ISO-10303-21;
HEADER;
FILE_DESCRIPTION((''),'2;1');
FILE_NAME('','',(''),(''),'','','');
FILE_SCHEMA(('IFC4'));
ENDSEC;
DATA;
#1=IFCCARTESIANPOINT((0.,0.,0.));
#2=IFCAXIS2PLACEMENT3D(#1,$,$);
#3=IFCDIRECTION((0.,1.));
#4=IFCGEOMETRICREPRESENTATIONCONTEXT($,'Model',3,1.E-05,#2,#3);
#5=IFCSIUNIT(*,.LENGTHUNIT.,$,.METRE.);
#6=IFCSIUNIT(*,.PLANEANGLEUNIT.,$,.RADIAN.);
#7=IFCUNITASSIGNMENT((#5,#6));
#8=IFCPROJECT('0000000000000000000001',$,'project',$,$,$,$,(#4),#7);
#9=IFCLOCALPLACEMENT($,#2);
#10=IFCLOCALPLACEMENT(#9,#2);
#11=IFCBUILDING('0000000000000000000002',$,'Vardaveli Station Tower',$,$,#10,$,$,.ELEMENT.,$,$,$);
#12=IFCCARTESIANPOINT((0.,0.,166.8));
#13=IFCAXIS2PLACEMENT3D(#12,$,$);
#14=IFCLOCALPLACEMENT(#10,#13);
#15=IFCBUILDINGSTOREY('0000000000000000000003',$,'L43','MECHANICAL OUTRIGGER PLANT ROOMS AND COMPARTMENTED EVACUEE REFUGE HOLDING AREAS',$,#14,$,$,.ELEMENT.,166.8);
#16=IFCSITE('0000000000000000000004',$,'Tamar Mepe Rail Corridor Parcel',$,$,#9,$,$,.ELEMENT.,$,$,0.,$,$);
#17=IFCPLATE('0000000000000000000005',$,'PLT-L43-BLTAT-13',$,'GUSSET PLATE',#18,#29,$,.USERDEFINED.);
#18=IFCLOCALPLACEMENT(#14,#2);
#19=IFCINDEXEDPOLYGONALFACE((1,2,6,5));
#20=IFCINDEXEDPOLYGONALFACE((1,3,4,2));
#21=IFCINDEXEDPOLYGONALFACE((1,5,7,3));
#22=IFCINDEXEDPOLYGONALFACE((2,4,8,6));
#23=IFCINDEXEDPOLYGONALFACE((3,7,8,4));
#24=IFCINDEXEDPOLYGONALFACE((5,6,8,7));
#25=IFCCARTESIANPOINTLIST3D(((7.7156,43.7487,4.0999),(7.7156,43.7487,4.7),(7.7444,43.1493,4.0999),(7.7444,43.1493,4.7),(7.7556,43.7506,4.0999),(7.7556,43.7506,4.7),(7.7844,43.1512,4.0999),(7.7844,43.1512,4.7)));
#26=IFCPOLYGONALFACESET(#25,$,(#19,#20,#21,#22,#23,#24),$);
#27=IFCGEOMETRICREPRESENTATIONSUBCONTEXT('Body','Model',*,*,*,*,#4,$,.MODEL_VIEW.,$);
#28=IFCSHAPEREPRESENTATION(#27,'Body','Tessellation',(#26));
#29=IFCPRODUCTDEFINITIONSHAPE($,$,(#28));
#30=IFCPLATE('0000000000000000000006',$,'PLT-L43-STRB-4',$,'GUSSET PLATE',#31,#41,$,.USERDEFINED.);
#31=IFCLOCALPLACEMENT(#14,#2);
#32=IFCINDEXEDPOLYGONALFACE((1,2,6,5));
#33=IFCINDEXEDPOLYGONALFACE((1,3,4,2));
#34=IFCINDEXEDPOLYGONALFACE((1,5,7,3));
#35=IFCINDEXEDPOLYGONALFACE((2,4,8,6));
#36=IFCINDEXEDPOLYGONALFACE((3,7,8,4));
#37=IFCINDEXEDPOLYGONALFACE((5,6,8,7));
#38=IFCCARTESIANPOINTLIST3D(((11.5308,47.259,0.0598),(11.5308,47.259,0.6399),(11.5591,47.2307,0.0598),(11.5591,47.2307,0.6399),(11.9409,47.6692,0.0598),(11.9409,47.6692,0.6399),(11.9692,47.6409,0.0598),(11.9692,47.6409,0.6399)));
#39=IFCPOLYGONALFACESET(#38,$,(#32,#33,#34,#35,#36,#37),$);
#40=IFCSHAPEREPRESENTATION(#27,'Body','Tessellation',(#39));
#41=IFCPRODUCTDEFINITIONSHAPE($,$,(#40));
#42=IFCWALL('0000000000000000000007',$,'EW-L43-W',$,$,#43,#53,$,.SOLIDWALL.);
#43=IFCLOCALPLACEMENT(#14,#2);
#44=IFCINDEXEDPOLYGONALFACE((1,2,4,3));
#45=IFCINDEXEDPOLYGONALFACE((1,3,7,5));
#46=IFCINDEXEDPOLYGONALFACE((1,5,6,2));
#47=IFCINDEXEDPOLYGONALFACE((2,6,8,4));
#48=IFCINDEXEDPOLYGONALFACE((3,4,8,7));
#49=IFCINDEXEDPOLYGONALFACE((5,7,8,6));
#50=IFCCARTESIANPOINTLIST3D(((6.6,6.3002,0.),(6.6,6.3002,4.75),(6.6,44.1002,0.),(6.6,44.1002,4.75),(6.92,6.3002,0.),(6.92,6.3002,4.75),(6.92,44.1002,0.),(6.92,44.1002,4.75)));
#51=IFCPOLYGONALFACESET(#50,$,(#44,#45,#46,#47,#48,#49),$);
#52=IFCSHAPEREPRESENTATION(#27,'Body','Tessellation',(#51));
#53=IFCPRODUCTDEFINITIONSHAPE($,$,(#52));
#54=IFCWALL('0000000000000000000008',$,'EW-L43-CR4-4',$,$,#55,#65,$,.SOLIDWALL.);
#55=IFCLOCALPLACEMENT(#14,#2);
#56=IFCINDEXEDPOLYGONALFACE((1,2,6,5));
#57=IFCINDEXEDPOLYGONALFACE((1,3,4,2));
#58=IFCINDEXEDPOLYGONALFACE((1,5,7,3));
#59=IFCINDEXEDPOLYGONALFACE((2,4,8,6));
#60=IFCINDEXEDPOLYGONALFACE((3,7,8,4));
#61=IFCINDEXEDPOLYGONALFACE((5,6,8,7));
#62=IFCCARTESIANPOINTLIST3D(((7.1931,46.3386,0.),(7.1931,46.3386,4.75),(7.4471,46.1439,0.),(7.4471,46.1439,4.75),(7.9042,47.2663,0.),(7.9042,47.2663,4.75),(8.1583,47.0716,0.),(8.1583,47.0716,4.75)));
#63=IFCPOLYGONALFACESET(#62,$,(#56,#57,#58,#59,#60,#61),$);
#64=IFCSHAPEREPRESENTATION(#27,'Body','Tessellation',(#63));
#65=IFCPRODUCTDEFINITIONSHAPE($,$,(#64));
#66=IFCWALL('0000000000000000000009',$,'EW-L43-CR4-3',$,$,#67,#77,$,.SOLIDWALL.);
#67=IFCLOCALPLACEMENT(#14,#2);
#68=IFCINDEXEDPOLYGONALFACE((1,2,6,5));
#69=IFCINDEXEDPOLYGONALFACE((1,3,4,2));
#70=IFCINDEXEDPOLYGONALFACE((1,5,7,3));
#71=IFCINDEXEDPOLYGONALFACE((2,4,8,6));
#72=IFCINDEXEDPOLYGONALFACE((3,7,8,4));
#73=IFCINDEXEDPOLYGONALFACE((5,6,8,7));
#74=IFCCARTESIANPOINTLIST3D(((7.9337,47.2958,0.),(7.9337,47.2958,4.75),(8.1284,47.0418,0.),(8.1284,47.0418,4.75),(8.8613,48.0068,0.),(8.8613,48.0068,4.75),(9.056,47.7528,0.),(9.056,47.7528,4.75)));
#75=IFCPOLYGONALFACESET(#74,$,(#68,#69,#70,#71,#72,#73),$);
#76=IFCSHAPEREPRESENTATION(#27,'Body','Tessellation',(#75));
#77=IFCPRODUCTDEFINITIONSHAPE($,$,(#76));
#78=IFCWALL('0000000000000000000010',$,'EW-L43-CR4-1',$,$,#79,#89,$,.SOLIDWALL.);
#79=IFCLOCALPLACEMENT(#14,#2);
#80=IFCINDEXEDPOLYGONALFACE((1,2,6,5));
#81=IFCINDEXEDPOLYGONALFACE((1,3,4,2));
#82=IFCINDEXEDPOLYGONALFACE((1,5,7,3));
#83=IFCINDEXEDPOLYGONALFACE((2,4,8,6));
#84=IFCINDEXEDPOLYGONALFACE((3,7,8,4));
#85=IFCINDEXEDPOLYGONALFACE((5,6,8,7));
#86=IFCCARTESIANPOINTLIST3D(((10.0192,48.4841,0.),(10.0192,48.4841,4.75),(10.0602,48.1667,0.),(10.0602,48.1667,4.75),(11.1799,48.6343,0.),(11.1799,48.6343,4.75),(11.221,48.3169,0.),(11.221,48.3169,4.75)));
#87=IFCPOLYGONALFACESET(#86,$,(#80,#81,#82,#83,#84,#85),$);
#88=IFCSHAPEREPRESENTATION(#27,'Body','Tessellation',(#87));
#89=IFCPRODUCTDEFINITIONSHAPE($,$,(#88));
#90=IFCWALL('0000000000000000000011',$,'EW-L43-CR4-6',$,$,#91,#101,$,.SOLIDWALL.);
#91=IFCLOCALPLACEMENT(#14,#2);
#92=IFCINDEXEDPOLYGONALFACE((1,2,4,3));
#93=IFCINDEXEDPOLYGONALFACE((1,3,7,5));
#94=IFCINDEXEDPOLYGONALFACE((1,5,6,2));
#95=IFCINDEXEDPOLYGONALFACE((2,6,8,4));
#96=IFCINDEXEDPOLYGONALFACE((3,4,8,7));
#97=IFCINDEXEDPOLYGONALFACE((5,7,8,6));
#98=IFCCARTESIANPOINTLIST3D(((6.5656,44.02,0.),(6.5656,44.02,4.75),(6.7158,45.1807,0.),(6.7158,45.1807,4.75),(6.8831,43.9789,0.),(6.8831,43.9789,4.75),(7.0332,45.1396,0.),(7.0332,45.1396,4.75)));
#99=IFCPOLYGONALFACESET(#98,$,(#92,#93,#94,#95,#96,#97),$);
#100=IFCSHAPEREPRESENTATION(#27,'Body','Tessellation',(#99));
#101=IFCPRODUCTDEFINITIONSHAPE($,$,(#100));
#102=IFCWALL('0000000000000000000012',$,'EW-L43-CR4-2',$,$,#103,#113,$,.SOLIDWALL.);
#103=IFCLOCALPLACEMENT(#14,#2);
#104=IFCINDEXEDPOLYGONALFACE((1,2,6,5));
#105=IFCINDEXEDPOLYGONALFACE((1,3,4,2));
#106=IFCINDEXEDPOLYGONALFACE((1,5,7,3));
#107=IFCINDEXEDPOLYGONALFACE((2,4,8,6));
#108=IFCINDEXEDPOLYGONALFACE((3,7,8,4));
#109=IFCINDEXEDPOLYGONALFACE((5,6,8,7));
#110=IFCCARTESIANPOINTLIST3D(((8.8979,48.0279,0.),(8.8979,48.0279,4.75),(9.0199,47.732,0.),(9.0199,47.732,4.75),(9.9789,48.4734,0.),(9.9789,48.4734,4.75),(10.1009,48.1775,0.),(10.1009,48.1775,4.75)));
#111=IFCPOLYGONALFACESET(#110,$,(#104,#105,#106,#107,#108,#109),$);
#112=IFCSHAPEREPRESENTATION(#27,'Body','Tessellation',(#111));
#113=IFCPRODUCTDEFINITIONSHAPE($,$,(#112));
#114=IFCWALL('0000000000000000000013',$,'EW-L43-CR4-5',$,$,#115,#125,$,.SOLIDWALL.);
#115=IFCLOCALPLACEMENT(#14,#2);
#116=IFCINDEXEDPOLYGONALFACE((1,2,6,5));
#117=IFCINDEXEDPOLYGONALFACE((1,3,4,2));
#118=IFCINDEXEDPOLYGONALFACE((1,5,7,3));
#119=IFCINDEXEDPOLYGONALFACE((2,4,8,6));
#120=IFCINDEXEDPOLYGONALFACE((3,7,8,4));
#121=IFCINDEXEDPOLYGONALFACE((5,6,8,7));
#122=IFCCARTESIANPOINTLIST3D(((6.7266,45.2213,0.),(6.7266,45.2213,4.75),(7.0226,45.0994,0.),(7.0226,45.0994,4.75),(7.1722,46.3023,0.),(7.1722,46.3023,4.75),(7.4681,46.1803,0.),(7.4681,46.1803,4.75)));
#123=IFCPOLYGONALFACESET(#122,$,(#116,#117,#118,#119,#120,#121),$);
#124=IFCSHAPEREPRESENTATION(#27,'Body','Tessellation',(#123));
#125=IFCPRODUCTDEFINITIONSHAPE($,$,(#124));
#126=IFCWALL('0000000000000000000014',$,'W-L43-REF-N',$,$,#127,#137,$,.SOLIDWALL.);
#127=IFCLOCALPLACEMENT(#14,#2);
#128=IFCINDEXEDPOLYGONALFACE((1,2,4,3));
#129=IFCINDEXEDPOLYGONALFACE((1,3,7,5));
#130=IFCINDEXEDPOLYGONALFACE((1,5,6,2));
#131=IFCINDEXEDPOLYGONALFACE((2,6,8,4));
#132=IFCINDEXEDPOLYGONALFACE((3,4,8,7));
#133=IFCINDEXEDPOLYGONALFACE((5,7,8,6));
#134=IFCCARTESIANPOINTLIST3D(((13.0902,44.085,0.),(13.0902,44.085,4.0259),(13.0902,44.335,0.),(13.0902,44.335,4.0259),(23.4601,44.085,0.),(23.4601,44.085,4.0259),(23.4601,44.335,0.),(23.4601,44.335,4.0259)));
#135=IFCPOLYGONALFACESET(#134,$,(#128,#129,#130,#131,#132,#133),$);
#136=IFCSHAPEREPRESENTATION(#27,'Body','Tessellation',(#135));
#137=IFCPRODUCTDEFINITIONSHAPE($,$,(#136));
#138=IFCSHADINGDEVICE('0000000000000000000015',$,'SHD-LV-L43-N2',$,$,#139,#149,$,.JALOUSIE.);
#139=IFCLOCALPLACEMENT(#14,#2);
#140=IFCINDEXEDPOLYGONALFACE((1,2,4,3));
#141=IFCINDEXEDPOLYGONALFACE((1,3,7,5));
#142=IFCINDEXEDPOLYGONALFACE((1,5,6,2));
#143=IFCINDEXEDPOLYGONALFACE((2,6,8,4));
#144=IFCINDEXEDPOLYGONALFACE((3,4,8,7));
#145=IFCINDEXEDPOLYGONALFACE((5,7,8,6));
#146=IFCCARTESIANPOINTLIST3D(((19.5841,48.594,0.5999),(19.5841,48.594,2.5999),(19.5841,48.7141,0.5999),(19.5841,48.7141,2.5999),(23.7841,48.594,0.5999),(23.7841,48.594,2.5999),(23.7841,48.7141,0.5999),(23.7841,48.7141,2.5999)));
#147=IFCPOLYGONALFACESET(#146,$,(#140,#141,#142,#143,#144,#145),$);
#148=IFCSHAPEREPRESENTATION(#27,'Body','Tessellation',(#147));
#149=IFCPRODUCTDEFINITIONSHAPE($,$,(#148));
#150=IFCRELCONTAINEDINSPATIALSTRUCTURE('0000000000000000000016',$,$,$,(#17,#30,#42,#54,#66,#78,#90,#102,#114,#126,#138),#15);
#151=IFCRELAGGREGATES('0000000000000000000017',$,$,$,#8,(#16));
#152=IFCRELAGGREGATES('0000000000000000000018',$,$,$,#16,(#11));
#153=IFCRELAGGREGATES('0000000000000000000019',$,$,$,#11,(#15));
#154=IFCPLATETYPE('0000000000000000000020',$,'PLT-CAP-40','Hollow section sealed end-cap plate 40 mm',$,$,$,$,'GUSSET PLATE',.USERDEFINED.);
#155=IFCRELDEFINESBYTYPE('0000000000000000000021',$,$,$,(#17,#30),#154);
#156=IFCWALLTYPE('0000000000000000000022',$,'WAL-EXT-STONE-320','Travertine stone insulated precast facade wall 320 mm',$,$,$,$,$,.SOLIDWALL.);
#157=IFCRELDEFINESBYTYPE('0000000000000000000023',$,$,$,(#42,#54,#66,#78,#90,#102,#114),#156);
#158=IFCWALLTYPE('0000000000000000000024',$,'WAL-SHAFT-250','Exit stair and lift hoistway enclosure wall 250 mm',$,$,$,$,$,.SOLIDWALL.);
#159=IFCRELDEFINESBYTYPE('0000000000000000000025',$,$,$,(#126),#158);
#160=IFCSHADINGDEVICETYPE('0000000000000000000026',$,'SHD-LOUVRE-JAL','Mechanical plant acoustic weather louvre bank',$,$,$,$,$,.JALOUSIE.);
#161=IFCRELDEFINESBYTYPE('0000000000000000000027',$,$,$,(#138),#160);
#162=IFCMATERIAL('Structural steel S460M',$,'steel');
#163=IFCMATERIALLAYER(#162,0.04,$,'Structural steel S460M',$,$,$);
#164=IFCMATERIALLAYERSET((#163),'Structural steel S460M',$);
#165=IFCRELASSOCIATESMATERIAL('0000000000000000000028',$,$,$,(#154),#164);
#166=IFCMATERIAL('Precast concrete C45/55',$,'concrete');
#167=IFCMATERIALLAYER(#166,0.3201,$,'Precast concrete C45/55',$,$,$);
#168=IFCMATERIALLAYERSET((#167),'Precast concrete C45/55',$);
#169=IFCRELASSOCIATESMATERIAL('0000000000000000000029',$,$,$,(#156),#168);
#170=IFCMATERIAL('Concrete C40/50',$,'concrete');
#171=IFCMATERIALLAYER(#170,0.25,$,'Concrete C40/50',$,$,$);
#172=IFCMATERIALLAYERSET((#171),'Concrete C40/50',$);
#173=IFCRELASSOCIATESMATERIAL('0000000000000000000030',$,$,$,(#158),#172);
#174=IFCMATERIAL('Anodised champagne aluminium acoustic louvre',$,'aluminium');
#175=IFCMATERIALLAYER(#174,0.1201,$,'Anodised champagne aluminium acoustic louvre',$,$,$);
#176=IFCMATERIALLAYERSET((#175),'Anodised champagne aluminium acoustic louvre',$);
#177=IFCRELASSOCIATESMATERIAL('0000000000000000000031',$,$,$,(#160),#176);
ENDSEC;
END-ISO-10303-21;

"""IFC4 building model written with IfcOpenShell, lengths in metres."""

from ifc_helpers import new_model, si_unit, direction, frame, frame_2d, origin, origin_2d, place, context, subcontext, project, spatial, rectangle, extrude, source, transform, mapped, material, layer, layer_set, type_object, element, save


model = new_model("IFC4")

# Units and contexts
model_context = context("Model", 3, precision=1e-05, world=origin(), true_north=direction((0.0, 1.0)))
body_context = subcontext(model_context, "Body", "Model", "MODEL_VIEW")
ifc_project = project(units=[si_unit("LENGTHUNIT", "METRE"), si_unit("PLANEANGLEUNIT", "RADIAN")], contexts=[model_context])

# Site, building, storey
site_placement = place(None, origin())
site = spatial("IfcSite", under=ifc_project, at=site_placement, Name="Tamar Mepe Rail Corridor Parcel", CompositionType="ELEMENT", RefElevation=0.0)
building_placement = place(site_placement, origin())
building = spatial("IfcBuilding", under=site, at=building_placement, Name="Vardaveli Station Tower", CompositionType="ELEMENT")
storey_placement = place(building_placement, frame((0.0, 0.0, 166.8)))
storey = spatial("IfcBuildingStorey", under=building, at=storey_placement, Name="L43", Description="MECHANICAL OUTRIGGER PLANT ROOMS AND COMPARTMENTED EVACUEE REFUGE HOLDING AREAS", CompositionType="ELEMENT", Elevation=166.8)

# Shared definitions
ifc_material_1 = material(Name="Structural steel S460M", Category="steel")

# Plates
ifc_layer_1 = layer(ifc_material_1, 0.04, Name="Structural steel S460M")
ifc_layer_set_1 = layer_set([ifc_layer_1], Name="Structural steel S460M")
plate_type = type_object("IfcPlateType", Name="PLT-CAP-40", Description="Hollow section sealed end-cap plate 40 mm", ElementType="GUSSET PLATE", PredefinedType="USERDEFINED", material=ifc_layer_set_1)
shared_shape_1 = source(origin(), body_context, "Body", "SweptSolid", [
    extrude(rectangle(XDim=0.6001, YDim=0.04, at=origin_2d()), origin(), (0.0, 0.0, 1.0), 0.6001),
])
for number, where, z_axis, x_axis, name in (
    (1, (7.75, 43.45, 4.0999), (0.0, 0.0, 1.0), (0.047978, -0.998848, 0.0), "PLT-L43-BLTAT-13"),
):
    element("IfcPlate", number, at=place(storey_placement, frame(where, z_axis=z_axis, x_axis=x_axis)), inside=storey, type_object=plate_type, Name=name, ObjectType="GUSSET PLATE", PredefinedType="USERDEFINED", context=body_context, shape_type="MappedRepresentation", body=[
        mapped(shared_shape_1, transform((0.0, 0.0, 0.0), scale=1.0)),
    ])
shared_shape_2 = source(origin(), body_context, "Body", "SweptSolid", [
    extrude(rectangle(XDim=0.5801, YDim=0.04, at=origin_2d()), origin(), (0.0, 0.0, 1.0), 0.5801),
])
plate_placement = place(storey_placement, frame((11.75, 47.45, 0.0598), z_axis=(0.0, 0.0, 1.0), x_axis=(-0.707107, -0.707107, 0.0)))
element("IfcPlate", 2, at=plate_placement, inside=storey, type_object=plate_type, Name="PLT-L43-STRB-4", ObjectType="GUSSET PLATE", PredefinedType="USERDEFINED", context=body_context, shape_type="MappedRepresentation", body=[
    mapped(shared_shape_2, transform((0.0, 0.0, 0.0), scale=1.0)),
])

# Walls
ifc_material_2 = material(Name="Precast concrete C45/55", Category="concrete")
ifc_layer_2 = layer(ifc_material_2, 0.3201, Name="Precast concrete C45/55")
ifc_layer_set_2 = layer_set([ifc_layer_2], Name="Precast concrete C45/55")
wall_type_1 = type_object("IfcWallType", Name="WAL-EXT-STONE-320", Description="Travertine stone insulated precast facade wall 320 mm", PredefinedType="SOLIDWALL", material=ifc_layer_set_2)
shared_shape_3 = source(origin(), body_context, "Body", "SweptSolid", [
    extrude(rectangle(XDim=37.8, YDim=0.3201, at=frame_2d((18.8999, 0.0))), origin(), (0.0, 0.0, 1.0), 4.75),
])
wall_1_placement = place(storey_placement, frame((6.76, 44.1001, 0.0), z_axis=(0.0, 0.0, 1.0), x_axis=(0.0, -1.0, 0.0)))
element("IfcWall", 3, at=wall_1_placement, inside=storey, type_object=wall_type_1, Name="EW-L43-W", PredefinedType="SOLIDWALL", context=body_context, shape_type="MappedRepresentation", body=[
    mapped(shared_shape_3, transform((0.0, 0.0, 0.0), scale=1.0)),
])
shared_shape_4 = source(origin(), body_context, "Body", "SweptSolid", [
    extrude(rectangle(XDim=1.1689, YDim=0.3201, at=frame_2d((0.5845, 0.0))), origin(), (0.0, 0.0, 1.0), 4.75),
])
wall_2_placement = place(storey_placement, frame((8.0312, 47.1689, 0.0), z_axis=(0.0, 0.0, 1.0), x_axis=(-0.608388, -0.79364, 0.0)))
element("IfcWall", 4, at=wall_2_placement, inside=storey, type_object=wall_type_1, Name="EW-L43-CR4-4", PredefinedType="SOLIDWALL", context=body_context, shape_type="MappedRepresentation", body=[
    mapped(shared_shape_4, transform((0.0, 0.0, 0.0), scale=1.0)),
])
shared_shape_5 = source(origin(), body_context, "Body", "SweptSolid", [
    extrude(rectangle(XDim=1.1687, YDim=0.3201, at=frame_2d((0.5845, 0.0))), origin(), (0.0, 0.0, 1.0), 4.75),
])
wall_3_placement = place(storey_placement, frame((8.9587, 47.8799, 0.0), z_axis=(0.0, 0.0, 1.0), x_axis=(-0.793664, -0.608357, 0.0)))
element("IfcWall", 5, at=wall_3_placement, inside=storey, type_object=wall_type_1, Name="EW-L43-CR4-3", PredefinedType="SOLIDWALL", context=body_context, shape_type="MappedRepresentation", body=[
    mapped(shared_shape_5, transform((0.0, 0.0, 0.0), scale=1.0)),
])
shared_shape_6 = source(origin(), body_context, "Body", "SweptSolid", [
    extrude(rectangle(XDim=1.1704, YDim=0.3201, at=frame_2d((0.5852, 0.0))), origin(), (0.0, 0.0, 1.0), 4.75),
])
for number, where, z_axis, x_axis, name in (
    (6, (11.2004, 48.4756, 0.0), (0.0, 0.0, 1.0), (-0.991736, -0.128296, 0.0), "EW-L43-CR4-1"),
    (7, (6.8745, 45.1602, 0.0), (0.0, 0.0, 1.0), (-0.128296, -0.991736, 0.0), "EW-L43-CR4-6"),
):
    element("IfcWall", number, at=place(storey_placement, frame(where, z_axis=z_axis, x_axis=x_axis)), inside=storey, type_object=wall_type_1, Name=name, PredefinedType="SOLIDWALL", context=body_context, shape_type="MappedRepresentation", body=[
        mapped(shared_shape_6, transform((0.0, 0.0, 0.0), scale=1.0)),
    ])
shared_shape_7 = source(origin(), body_context, "Body", "SweptSolid", [
    extrude(rectangle(XDim=1.1692, YDim=0.3201, at=frame_2d((0.5845, 0.0))), origin(), (0.0, 0.0, 1.0), 4.75),
])
for number, where, z_axis, x_axis, name in (
    (8, (10.0398, 48.3254, 0.0), (0.0, 0.0, 1.0), (-0.924553, -0.381054, 0.0), "EW-L43-CR4-2"),
    (9, (7.3201, 46.2412, 0.0), (0.0, 0.0, 1.0), (-0.381054, -0.924553, 0.0), "EW-L43-CR4-5"),
):
    element("IfcWall", number, at=place(storey_placement, frame(where, z_axis=z_axis, x_axis=x_axis)), inside=storey, type_object=wall_type_1, Name=name, PredefinedType="SOLIDWALL", context=body_context, shape_type="MappedRepresentation", body=[
        mapped(shared_shape_7, transform((0.0, 0.0, 0.0), scale=1.0)),
    ])
ifc_material_3 = material(Name="Concrete C40/50", Category="concrete")
ifc_layer_3 = layer(ifc_material_3, 0.25, Name="Concrete C40/50")
ifc_layer_set_3 = layer_set([ifc_layer_3], Name="Concrete C40/50")
wall_type_2 = type_object("IfcWallType", Name="WAL-SHAFT-250", Description="Exit stair and lift hoistway enclosure wall 250 mm", PredefinedType="SOLIDWALL", material=ifc_layer_set_3)
shared_shape_8 = source(origin(), body_context, "Body", "SweptSolid", [
    extrude(rectangle(XDim=10.3699, YDim=0.25, at=frame_2d((5.1851, 0.0))), origin(), (0.0, 0.0, 1.0), 4.0259),
])
wall_4_placement = place(storey_placement, frame((13.0901, 44.21, 0.0), z_axis=(0.0, 0.0, 1.0), x_axis=(1.0, 0.0, 0.0)))
element("IfcWall", 10, at=wall_4_placement, inside=storey, type_object=wall_type_2, Name="W-L43-REF-N", PredefinedType="SOLIDWALL", context=body_context, shape_type="MappedRepresentation", body=[
    mapped(shared_shape_8, transform((0.0, 0.0, 0.0), scale=1.0)),
])

# Shading device
ifc_material_4 = material(Name="Anodised champagne aluminium acoustic louvre", Category="aluminium")
ifc_layer_4 = layer(ifc_material_4, 0.1201, Name="Anodised champagne aluminium acoustic louvre")
ifc_layer_set_4 = layer_set([ifc_layer_4], Name="Anodised champagne aluminium acoustic louvre")
shading_device_type = type_object("IfcShadingDeviceType", Name="SHD-LOUVRE-JAL", Description="Mechanical plant acoustic weather louvre bank", PredefinedType="JALOUSIE", material=ifc_layer_set_4)
shared_shape_9 = source(origin(), body_context, "Body", "SweptSolid", [
    extrude(rectangle(XDim=4.2, YDim=0.1201, at=origin_2d()), origin(), (0.0, 0.0, 1.0), 2.0),
])
shading_device_placement = place(storey_placement, frame((21.6841, 48.6541, 0.5999), z_axis=(0.0, 0.0, 1.0), x_axis=(1.0, 0.0, 0.0)))
element("IfcShadingDevice", 11, at=shading_device_placement, inside=storey, type_object=shading_device_type, Name="SHD-LV-L43-N2", PredefinedType="JALOUSIE", context=body_context, shape_type="MappedRepresentation", body=[
    mapped(shared_shape_9, transform((0.0, 0.0, 0.0), scale=1.0)),
])

save(model, "model.ifc")
